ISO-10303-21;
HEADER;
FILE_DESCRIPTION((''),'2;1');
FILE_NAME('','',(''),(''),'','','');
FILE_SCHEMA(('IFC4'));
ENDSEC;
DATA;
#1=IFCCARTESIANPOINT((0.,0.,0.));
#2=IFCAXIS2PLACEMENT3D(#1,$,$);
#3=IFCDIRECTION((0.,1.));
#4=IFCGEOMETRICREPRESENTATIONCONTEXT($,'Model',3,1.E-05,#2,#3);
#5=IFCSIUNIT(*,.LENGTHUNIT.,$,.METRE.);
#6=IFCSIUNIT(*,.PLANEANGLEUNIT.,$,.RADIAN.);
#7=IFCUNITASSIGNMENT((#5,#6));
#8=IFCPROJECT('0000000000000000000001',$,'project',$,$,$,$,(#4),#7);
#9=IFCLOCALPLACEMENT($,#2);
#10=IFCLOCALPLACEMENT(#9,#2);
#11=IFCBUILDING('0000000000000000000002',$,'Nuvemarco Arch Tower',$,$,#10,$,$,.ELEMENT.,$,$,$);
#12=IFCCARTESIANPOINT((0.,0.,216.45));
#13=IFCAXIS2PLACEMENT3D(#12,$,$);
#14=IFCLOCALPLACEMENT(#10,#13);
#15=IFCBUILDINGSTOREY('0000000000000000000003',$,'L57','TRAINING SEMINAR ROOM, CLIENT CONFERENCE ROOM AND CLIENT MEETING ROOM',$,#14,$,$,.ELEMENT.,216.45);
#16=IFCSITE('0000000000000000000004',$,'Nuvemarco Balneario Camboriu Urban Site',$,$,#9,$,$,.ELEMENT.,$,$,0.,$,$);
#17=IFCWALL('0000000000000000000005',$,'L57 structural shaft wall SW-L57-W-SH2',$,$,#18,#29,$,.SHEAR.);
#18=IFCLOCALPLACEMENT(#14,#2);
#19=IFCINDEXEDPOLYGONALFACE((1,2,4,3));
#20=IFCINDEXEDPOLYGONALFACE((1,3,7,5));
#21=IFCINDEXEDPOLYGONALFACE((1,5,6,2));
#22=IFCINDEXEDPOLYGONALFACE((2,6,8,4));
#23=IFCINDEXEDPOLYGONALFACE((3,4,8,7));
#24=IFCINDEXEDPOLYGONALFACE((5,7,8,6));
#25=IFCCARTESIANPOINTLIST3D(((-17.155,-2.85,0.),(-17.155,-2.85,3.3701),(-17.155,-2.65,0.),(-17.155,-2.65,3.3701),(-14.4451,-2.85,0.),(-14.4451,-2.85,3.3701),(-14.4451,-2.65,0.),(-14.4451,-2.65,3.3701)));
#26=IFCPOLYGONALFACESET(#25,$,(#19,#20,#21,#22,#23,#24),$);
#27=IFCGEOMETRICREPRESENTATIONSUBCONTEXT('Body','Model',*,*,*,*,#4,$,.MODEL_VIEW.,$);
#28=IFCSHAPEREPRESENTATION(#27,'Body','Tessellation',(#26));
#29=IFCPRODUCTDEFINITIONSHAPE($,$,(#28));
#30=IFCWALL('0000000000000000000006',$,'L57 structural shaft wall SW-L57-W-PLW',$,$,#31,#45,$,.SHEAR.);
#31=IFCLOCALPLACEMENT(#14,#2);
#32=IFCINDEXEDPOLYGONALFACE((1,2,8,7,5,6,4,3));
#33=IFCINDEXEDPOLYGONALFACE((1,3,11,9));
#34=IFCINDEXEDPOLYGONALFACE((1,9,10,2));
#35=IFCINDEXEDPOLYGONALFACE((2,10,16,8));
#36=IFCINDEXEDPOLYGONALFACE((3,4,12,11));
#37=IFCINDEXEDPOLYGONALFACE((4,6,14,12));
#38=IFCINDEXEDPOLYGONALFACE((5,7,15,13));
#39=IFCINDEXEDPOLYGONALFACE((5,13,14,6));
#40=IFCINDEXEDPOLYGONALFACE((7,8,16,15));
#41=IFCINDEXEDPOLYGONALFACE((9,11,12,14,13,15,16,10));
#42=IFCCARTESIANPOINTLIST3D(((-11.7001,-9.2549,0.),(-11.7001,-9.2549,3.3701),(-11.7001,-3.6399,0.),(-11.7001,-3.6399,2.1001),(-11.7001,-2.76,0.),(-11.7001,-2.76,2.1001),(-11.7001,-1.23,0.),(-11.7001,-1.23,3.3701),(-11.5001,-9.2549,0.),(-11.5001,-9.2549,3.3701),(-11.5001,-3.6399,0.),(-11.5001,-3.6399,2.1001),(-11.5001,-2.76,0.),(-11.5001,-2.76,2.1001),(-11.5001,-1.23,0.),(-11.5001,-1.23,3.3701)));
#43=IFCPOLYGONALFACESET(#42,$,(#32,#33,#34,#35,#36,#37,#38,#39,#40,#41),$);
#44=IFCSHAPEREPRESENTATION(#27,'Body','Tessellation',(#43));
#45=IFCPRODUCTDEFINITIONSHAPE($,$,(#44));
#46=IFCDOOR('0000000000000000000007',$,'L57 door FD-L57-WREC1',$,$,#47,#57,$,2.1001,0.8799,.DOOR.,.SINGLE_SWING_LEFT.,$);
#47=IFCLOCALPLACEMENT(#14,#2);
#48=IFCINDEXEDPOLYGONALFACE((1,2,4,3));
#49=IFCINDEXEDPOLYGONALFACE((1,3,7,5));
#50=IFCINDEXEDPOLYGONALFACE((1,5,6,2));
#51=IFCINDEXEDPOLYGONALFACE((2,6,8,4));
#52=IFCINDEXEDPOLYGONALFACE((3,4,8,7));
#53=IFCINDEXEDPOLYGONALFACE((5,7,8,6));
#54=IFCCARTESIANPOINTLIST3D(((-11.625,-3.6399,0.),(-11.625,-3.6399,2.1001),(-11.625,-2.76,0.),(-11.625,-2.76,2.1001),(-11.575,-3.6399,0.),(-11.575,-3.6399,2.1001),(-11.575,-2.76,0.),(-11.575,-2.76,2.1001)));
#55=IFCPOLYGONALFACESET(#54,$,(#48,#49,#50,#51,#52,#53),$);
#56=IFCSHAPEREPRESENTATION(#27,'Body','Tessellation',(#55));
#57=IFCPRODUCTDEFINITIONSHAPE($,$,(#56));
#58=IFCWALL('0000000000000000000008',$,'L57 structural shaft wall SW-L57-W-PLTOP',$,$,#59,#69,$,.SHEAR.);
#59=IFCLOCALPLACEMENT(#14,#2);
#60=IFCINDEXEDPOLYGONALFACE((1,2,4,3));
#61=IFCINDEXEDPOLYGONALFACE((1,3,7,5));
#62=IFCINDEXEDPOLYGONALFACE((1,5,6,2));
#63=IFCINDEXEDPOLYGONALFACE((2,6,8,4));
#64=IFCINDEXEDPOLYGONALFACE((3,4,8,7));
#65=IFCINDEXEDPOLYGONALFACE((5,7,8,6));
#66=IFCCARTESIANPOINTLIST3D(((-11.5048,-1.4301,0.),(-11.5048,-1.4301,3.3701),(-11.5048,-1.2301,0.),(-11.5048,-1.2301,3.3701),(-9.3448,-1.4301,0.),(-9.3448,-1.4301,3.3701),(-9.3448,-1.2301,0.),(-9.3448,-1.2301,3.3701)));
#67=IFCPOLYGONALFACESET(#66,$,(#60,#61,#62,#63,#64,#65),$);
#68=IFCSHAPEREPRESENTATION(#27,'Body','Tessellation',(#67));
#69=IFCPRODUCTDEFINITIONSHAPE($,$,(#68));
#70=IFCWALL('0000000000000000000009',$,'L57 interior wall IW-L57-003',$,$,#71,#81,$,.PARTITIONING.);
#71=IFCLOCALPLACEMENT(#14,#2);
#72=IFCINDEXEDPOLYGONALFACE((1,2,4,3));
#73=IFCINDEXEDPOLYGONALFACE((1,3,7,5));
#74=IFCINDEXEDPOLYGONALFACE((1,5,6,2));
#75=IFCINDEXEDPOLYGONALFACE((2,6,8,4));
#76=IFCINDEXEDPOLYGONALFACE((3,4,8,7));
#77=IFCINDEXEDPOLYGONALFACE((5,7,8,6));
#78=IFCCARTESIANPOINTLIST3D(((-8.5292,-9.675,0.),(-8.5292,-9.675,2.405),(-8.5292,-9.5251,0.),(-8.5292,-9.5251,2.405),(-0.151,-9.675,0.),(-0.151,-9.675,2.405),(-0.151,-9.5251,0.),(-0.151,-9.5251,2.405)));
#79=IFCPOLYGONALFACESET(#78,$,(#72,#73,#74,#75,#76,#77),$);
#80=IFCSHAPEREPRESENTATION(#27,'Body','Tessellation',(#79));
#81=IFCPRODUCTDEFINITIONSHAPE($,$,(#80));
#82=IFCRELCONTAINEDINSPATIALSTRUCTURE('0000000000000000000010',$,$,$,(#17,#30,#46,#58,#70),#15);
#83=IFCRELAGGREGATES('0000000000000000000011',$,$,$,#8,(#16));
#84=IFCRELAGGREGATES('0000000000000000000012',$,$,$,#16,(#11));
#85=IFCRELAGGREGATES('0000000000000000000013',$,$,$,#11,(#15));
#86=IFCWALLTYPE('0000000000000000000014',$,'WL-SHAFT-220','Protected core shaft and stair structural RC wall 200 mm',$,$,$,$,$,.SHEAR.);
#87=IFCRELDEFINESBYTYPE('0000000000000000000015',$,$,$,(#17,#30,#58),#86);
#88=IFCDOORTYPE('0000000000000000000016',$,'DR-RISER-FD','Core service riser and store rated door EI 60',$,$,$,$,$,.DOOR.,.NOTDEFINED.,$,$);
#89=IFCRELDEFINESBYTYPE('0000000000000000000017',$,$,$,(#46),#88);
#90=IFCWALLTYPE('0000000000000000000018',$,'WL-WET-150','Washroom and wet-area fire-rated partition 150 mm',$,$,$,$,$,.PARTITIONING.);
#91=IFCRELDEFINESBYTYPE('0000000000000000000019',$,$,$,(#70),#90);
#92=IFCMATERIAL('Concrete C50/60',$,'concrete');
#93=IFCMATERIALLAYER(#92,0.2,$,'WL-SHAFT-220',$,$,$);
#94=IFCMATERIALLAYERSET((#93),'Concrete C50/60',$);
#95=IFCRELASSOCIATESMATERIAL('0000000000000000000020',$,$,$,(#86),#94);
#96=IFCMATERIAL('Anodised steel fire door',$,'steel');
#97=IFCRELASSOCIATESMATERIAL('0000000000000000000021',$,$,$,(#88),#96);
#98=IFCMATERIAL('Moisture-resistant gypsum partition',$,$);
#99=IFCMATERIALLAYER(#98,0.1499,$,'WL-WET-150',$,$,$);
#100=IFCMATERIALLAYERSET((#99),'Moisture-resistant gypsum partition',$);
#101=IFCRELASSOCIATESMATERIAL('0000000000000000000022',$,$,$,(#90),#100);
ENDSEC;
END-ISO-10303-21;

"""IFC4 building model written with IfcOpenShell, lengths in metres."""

from ifc_helpers import new_model, si_unit, direction, frame, frame_2d, origin, place, context, subcontext, project, spatial, rectangle, extrude, source, transform, mapped, material, layer, layer_set, type_object, type_shapes, element, fill, save


model = new_model("IFC4")

# Units and contexts
model_context = context("Model", 3, precision=1e-05, world=origin(), true_north=direction((0.0, 1.0)))
body_context = subcontext(model_context, "Body", "Model", "MODEL_VIEW")
ifc_project = project(units=[si_unit("LENGTHUNIT", "METRE"), si_unit("PLANEANGLEUNIT", "RADIAN")], contexts=[model_context])

# Site, building, storey
site_placement = place(None, origin())
site = spatial("IfcSite", under=ifc_project, at=site_placement, Name="Nuvemarco Balneario Camboriu Urban Site", CompositionType="ELEMENT", RefElevation=0.0)
building_placement = place(site_placement, origin())
building = spatial("IfcBuilding", under=site, at=building_placement, Name="Nuvemarco Arch Tower", CompositionType="ELEMENT")
storey_placement = place(building_placement, frame((0.0, 0.0, 216.45)))
storey = spatial("IfcBuildingStorey", under=building, at=storey_placement, Name="L57", Description="TRAINING SEMINAR ROOM, CLIENT CONFERENCE ROOM AND CLIENT MEETING ROOM", CompositionType="ELEMENT", Elevation=216.45)

# Shared definitions
ifc_material_1 = material(Name="Concrete C50/60", Category="concrete")

# Shared definitions
ifc_material_2 = material(Name="Anodised steel fire door", Category="steel")

# Shared definitions
ifc_layer_1 = layer(ifc_material_1, 0.2, Name="WL-SHAFT-220")
ifc_layer_set_1 = layer_set([ifc_layer_1], Name="Concrete C50/60")
wall_type_1 = type_object("IfcWallType", Name="WL-SHAFT-220", Description="Protected core shaft and stair structural RC wall 200 mm", PredefinedType="SHEAR", material=ifc_layer_set_1)

# Shared definitions
door_type_1 = type_object("IfcDoorType", Name="DR-RISER-FD", Description="Core service riser and store rated door EI 60", OperationType="NOTDEFINED", PredefinedType="DOOR", material=ifc_material_2)
shared_shape_1 = source(origin(), body_context, "Body", "SweptSolid", [
    extrude(rectangle(XDim=0.8799, YDim=2.1001, at=frame_2d((0.4399, 1.05))), frame((0.0, 0.0249, 0.0), z_axis=(0.0, -1.0, 0.0), x_axis=(1.0, 0.0, 0.0)), (0.0, 0.0, 1.0), 0.05),
])
type_shapes(door_type_1, [shared_shape_1])

# Wall
wall_1_placement = place(storey_placement, frame((-17.155, -2.75, 0.0), z_axis=(0.0, 0.0, 1.0), x_axis=(1.0, 0.0, 0.0)))
element("IfcWall", 1, at=wall_1_placement, inside=storey, type_object=wall_type_1, Name="L57 structural shaft wall SW-L57-W-SH2", PredefinedType="SHEAR", context=body_context, shape_type="SweptSolid", body=[
    extrude(rectangle(XDim=2.71, YDim=0.2, at=frame_2d((1.355, 0.0))), origin(), (0.0, 0.0, 1.0), 3.3701),
])

# Wall, opening, door
wall_2_placement = place(storey_placement, frame((-11.6001, -9.2549, 0.0), z_axis=(0.0, 0.0, 1.0), x_axis=(0.0, 1.0, 0.0)))
wall_2 = element("IfcWall", 2, at=wall_2_placement, inside=storey, type_object=wall_type_1, Name="L57 structural shaft wall SW-L57-W-PLW", PredefinedType="SHEAR", context=body_context, shape_type="SweptSolid", body=[
    extrude(rectangle(XDim=8.0249, YDim=0.2, at=frame_2d((4.0125, 0.0))), origin(), (0.0, 0.0, 1.0), 3.3701),
])
opening_1_placement = place(wall_2_placement, frame((5.615, 0.0, 0.0)))
opening_1 = element("IfcOpeningElement", 3, at=opening_1_placement, cuts=wall_2, PredefinedType="OPENING", context=body_context, shape_type="SweptSolid", body=[
    extrude(rectangle(XDim=0.8799, YDim=2.1001, at=frame_2d((0.4399, 1.05))), frame((0.0, 0.1099, 0.0), z_axis=(0.0, -1.0, 0.0), x_axis=(1.0, 0.0, 0.0)), (0.0, 0.0, 1.0), 0.22),
])
door_1_placement = place(opening_1_placement, origin())
door_1 = element("IfcDoor", 4, at=door_1_placement, inside=storey, type_object=door_type_1, Name="L57 door FD-L57-WREC1", OperationType="SINGLE_SWING_LEFT", OverallHeight=2.1001, OverallWidth=0.8799, PredefinedType="DOOR", context=body_context, shape_type="MappedRepresentation", body=[
    mapped(shared_shape_1, transform((0.0, 0.0, 0.0), scale=1.0)),
])
fill(opening_1, door_1)

# Walls
wall_3_placement = place(storey_placement, frame((-11.5049, -1.3301, 0.0), z_axis=(0.0, 0.0, 1.0), x_axis=(1.0, 0.0, 0.0)))
element("IfcWall", 5, at=wall_3_placement, inside=storey, type_object=wall_type_1, Name="L57 structural shaft wall SW-L57-W-PLTOP", PredefinedType="SHEAR", context=body_context, shape_type="SweptSolid", body=[
    extrude(rectangle(XDim=2.1599, YDim=0.2, at=frame_2d((1.0801, 0.0))), origin(), (0.0, 0.0, 1.0), 3.3701),
])
ifc_material_3 = material(Name="Moisture-resistant gypsum partition")
ifc_layer_2 = layer(ifc_material_3, 0.1499, Name="WL-WET-150")
ifc_layer_set_2 = layer_set([ifc_layer_2], Name="Moisture-resistant gypsum partition")
wall_type_2 = type_object("IfcWallType", Name="WL-WET-150", Description="Washroom and wet-area fire-rated partition 150 mm", PredefinedType="PARTITIONING", material=ifc_layer_set_2)
wall_4_placement = place(storey_placement, frame((-8.5291, -9.6001, 0.0), z_axis=(0.0, 0.0, 1.0), x_axis=(1.0, 0.0, 0.0)))
element("IfcWall", 6, at=wall_4_placement, inside=storey, type_object=wall_type_2, Name="L57 interior wall IW-L57-003", PredefinedType="PARTITIONING", context=body_context, shape_type="SweptSolid", body=[
    extrude(rectangle(XDim=8.3782, YDim=0.1499, at=frame_2d((4.189, 0.0))), origin(), (0.0, 0.0, 1.0), 2.405),
])

save(model, "model.ifc")
